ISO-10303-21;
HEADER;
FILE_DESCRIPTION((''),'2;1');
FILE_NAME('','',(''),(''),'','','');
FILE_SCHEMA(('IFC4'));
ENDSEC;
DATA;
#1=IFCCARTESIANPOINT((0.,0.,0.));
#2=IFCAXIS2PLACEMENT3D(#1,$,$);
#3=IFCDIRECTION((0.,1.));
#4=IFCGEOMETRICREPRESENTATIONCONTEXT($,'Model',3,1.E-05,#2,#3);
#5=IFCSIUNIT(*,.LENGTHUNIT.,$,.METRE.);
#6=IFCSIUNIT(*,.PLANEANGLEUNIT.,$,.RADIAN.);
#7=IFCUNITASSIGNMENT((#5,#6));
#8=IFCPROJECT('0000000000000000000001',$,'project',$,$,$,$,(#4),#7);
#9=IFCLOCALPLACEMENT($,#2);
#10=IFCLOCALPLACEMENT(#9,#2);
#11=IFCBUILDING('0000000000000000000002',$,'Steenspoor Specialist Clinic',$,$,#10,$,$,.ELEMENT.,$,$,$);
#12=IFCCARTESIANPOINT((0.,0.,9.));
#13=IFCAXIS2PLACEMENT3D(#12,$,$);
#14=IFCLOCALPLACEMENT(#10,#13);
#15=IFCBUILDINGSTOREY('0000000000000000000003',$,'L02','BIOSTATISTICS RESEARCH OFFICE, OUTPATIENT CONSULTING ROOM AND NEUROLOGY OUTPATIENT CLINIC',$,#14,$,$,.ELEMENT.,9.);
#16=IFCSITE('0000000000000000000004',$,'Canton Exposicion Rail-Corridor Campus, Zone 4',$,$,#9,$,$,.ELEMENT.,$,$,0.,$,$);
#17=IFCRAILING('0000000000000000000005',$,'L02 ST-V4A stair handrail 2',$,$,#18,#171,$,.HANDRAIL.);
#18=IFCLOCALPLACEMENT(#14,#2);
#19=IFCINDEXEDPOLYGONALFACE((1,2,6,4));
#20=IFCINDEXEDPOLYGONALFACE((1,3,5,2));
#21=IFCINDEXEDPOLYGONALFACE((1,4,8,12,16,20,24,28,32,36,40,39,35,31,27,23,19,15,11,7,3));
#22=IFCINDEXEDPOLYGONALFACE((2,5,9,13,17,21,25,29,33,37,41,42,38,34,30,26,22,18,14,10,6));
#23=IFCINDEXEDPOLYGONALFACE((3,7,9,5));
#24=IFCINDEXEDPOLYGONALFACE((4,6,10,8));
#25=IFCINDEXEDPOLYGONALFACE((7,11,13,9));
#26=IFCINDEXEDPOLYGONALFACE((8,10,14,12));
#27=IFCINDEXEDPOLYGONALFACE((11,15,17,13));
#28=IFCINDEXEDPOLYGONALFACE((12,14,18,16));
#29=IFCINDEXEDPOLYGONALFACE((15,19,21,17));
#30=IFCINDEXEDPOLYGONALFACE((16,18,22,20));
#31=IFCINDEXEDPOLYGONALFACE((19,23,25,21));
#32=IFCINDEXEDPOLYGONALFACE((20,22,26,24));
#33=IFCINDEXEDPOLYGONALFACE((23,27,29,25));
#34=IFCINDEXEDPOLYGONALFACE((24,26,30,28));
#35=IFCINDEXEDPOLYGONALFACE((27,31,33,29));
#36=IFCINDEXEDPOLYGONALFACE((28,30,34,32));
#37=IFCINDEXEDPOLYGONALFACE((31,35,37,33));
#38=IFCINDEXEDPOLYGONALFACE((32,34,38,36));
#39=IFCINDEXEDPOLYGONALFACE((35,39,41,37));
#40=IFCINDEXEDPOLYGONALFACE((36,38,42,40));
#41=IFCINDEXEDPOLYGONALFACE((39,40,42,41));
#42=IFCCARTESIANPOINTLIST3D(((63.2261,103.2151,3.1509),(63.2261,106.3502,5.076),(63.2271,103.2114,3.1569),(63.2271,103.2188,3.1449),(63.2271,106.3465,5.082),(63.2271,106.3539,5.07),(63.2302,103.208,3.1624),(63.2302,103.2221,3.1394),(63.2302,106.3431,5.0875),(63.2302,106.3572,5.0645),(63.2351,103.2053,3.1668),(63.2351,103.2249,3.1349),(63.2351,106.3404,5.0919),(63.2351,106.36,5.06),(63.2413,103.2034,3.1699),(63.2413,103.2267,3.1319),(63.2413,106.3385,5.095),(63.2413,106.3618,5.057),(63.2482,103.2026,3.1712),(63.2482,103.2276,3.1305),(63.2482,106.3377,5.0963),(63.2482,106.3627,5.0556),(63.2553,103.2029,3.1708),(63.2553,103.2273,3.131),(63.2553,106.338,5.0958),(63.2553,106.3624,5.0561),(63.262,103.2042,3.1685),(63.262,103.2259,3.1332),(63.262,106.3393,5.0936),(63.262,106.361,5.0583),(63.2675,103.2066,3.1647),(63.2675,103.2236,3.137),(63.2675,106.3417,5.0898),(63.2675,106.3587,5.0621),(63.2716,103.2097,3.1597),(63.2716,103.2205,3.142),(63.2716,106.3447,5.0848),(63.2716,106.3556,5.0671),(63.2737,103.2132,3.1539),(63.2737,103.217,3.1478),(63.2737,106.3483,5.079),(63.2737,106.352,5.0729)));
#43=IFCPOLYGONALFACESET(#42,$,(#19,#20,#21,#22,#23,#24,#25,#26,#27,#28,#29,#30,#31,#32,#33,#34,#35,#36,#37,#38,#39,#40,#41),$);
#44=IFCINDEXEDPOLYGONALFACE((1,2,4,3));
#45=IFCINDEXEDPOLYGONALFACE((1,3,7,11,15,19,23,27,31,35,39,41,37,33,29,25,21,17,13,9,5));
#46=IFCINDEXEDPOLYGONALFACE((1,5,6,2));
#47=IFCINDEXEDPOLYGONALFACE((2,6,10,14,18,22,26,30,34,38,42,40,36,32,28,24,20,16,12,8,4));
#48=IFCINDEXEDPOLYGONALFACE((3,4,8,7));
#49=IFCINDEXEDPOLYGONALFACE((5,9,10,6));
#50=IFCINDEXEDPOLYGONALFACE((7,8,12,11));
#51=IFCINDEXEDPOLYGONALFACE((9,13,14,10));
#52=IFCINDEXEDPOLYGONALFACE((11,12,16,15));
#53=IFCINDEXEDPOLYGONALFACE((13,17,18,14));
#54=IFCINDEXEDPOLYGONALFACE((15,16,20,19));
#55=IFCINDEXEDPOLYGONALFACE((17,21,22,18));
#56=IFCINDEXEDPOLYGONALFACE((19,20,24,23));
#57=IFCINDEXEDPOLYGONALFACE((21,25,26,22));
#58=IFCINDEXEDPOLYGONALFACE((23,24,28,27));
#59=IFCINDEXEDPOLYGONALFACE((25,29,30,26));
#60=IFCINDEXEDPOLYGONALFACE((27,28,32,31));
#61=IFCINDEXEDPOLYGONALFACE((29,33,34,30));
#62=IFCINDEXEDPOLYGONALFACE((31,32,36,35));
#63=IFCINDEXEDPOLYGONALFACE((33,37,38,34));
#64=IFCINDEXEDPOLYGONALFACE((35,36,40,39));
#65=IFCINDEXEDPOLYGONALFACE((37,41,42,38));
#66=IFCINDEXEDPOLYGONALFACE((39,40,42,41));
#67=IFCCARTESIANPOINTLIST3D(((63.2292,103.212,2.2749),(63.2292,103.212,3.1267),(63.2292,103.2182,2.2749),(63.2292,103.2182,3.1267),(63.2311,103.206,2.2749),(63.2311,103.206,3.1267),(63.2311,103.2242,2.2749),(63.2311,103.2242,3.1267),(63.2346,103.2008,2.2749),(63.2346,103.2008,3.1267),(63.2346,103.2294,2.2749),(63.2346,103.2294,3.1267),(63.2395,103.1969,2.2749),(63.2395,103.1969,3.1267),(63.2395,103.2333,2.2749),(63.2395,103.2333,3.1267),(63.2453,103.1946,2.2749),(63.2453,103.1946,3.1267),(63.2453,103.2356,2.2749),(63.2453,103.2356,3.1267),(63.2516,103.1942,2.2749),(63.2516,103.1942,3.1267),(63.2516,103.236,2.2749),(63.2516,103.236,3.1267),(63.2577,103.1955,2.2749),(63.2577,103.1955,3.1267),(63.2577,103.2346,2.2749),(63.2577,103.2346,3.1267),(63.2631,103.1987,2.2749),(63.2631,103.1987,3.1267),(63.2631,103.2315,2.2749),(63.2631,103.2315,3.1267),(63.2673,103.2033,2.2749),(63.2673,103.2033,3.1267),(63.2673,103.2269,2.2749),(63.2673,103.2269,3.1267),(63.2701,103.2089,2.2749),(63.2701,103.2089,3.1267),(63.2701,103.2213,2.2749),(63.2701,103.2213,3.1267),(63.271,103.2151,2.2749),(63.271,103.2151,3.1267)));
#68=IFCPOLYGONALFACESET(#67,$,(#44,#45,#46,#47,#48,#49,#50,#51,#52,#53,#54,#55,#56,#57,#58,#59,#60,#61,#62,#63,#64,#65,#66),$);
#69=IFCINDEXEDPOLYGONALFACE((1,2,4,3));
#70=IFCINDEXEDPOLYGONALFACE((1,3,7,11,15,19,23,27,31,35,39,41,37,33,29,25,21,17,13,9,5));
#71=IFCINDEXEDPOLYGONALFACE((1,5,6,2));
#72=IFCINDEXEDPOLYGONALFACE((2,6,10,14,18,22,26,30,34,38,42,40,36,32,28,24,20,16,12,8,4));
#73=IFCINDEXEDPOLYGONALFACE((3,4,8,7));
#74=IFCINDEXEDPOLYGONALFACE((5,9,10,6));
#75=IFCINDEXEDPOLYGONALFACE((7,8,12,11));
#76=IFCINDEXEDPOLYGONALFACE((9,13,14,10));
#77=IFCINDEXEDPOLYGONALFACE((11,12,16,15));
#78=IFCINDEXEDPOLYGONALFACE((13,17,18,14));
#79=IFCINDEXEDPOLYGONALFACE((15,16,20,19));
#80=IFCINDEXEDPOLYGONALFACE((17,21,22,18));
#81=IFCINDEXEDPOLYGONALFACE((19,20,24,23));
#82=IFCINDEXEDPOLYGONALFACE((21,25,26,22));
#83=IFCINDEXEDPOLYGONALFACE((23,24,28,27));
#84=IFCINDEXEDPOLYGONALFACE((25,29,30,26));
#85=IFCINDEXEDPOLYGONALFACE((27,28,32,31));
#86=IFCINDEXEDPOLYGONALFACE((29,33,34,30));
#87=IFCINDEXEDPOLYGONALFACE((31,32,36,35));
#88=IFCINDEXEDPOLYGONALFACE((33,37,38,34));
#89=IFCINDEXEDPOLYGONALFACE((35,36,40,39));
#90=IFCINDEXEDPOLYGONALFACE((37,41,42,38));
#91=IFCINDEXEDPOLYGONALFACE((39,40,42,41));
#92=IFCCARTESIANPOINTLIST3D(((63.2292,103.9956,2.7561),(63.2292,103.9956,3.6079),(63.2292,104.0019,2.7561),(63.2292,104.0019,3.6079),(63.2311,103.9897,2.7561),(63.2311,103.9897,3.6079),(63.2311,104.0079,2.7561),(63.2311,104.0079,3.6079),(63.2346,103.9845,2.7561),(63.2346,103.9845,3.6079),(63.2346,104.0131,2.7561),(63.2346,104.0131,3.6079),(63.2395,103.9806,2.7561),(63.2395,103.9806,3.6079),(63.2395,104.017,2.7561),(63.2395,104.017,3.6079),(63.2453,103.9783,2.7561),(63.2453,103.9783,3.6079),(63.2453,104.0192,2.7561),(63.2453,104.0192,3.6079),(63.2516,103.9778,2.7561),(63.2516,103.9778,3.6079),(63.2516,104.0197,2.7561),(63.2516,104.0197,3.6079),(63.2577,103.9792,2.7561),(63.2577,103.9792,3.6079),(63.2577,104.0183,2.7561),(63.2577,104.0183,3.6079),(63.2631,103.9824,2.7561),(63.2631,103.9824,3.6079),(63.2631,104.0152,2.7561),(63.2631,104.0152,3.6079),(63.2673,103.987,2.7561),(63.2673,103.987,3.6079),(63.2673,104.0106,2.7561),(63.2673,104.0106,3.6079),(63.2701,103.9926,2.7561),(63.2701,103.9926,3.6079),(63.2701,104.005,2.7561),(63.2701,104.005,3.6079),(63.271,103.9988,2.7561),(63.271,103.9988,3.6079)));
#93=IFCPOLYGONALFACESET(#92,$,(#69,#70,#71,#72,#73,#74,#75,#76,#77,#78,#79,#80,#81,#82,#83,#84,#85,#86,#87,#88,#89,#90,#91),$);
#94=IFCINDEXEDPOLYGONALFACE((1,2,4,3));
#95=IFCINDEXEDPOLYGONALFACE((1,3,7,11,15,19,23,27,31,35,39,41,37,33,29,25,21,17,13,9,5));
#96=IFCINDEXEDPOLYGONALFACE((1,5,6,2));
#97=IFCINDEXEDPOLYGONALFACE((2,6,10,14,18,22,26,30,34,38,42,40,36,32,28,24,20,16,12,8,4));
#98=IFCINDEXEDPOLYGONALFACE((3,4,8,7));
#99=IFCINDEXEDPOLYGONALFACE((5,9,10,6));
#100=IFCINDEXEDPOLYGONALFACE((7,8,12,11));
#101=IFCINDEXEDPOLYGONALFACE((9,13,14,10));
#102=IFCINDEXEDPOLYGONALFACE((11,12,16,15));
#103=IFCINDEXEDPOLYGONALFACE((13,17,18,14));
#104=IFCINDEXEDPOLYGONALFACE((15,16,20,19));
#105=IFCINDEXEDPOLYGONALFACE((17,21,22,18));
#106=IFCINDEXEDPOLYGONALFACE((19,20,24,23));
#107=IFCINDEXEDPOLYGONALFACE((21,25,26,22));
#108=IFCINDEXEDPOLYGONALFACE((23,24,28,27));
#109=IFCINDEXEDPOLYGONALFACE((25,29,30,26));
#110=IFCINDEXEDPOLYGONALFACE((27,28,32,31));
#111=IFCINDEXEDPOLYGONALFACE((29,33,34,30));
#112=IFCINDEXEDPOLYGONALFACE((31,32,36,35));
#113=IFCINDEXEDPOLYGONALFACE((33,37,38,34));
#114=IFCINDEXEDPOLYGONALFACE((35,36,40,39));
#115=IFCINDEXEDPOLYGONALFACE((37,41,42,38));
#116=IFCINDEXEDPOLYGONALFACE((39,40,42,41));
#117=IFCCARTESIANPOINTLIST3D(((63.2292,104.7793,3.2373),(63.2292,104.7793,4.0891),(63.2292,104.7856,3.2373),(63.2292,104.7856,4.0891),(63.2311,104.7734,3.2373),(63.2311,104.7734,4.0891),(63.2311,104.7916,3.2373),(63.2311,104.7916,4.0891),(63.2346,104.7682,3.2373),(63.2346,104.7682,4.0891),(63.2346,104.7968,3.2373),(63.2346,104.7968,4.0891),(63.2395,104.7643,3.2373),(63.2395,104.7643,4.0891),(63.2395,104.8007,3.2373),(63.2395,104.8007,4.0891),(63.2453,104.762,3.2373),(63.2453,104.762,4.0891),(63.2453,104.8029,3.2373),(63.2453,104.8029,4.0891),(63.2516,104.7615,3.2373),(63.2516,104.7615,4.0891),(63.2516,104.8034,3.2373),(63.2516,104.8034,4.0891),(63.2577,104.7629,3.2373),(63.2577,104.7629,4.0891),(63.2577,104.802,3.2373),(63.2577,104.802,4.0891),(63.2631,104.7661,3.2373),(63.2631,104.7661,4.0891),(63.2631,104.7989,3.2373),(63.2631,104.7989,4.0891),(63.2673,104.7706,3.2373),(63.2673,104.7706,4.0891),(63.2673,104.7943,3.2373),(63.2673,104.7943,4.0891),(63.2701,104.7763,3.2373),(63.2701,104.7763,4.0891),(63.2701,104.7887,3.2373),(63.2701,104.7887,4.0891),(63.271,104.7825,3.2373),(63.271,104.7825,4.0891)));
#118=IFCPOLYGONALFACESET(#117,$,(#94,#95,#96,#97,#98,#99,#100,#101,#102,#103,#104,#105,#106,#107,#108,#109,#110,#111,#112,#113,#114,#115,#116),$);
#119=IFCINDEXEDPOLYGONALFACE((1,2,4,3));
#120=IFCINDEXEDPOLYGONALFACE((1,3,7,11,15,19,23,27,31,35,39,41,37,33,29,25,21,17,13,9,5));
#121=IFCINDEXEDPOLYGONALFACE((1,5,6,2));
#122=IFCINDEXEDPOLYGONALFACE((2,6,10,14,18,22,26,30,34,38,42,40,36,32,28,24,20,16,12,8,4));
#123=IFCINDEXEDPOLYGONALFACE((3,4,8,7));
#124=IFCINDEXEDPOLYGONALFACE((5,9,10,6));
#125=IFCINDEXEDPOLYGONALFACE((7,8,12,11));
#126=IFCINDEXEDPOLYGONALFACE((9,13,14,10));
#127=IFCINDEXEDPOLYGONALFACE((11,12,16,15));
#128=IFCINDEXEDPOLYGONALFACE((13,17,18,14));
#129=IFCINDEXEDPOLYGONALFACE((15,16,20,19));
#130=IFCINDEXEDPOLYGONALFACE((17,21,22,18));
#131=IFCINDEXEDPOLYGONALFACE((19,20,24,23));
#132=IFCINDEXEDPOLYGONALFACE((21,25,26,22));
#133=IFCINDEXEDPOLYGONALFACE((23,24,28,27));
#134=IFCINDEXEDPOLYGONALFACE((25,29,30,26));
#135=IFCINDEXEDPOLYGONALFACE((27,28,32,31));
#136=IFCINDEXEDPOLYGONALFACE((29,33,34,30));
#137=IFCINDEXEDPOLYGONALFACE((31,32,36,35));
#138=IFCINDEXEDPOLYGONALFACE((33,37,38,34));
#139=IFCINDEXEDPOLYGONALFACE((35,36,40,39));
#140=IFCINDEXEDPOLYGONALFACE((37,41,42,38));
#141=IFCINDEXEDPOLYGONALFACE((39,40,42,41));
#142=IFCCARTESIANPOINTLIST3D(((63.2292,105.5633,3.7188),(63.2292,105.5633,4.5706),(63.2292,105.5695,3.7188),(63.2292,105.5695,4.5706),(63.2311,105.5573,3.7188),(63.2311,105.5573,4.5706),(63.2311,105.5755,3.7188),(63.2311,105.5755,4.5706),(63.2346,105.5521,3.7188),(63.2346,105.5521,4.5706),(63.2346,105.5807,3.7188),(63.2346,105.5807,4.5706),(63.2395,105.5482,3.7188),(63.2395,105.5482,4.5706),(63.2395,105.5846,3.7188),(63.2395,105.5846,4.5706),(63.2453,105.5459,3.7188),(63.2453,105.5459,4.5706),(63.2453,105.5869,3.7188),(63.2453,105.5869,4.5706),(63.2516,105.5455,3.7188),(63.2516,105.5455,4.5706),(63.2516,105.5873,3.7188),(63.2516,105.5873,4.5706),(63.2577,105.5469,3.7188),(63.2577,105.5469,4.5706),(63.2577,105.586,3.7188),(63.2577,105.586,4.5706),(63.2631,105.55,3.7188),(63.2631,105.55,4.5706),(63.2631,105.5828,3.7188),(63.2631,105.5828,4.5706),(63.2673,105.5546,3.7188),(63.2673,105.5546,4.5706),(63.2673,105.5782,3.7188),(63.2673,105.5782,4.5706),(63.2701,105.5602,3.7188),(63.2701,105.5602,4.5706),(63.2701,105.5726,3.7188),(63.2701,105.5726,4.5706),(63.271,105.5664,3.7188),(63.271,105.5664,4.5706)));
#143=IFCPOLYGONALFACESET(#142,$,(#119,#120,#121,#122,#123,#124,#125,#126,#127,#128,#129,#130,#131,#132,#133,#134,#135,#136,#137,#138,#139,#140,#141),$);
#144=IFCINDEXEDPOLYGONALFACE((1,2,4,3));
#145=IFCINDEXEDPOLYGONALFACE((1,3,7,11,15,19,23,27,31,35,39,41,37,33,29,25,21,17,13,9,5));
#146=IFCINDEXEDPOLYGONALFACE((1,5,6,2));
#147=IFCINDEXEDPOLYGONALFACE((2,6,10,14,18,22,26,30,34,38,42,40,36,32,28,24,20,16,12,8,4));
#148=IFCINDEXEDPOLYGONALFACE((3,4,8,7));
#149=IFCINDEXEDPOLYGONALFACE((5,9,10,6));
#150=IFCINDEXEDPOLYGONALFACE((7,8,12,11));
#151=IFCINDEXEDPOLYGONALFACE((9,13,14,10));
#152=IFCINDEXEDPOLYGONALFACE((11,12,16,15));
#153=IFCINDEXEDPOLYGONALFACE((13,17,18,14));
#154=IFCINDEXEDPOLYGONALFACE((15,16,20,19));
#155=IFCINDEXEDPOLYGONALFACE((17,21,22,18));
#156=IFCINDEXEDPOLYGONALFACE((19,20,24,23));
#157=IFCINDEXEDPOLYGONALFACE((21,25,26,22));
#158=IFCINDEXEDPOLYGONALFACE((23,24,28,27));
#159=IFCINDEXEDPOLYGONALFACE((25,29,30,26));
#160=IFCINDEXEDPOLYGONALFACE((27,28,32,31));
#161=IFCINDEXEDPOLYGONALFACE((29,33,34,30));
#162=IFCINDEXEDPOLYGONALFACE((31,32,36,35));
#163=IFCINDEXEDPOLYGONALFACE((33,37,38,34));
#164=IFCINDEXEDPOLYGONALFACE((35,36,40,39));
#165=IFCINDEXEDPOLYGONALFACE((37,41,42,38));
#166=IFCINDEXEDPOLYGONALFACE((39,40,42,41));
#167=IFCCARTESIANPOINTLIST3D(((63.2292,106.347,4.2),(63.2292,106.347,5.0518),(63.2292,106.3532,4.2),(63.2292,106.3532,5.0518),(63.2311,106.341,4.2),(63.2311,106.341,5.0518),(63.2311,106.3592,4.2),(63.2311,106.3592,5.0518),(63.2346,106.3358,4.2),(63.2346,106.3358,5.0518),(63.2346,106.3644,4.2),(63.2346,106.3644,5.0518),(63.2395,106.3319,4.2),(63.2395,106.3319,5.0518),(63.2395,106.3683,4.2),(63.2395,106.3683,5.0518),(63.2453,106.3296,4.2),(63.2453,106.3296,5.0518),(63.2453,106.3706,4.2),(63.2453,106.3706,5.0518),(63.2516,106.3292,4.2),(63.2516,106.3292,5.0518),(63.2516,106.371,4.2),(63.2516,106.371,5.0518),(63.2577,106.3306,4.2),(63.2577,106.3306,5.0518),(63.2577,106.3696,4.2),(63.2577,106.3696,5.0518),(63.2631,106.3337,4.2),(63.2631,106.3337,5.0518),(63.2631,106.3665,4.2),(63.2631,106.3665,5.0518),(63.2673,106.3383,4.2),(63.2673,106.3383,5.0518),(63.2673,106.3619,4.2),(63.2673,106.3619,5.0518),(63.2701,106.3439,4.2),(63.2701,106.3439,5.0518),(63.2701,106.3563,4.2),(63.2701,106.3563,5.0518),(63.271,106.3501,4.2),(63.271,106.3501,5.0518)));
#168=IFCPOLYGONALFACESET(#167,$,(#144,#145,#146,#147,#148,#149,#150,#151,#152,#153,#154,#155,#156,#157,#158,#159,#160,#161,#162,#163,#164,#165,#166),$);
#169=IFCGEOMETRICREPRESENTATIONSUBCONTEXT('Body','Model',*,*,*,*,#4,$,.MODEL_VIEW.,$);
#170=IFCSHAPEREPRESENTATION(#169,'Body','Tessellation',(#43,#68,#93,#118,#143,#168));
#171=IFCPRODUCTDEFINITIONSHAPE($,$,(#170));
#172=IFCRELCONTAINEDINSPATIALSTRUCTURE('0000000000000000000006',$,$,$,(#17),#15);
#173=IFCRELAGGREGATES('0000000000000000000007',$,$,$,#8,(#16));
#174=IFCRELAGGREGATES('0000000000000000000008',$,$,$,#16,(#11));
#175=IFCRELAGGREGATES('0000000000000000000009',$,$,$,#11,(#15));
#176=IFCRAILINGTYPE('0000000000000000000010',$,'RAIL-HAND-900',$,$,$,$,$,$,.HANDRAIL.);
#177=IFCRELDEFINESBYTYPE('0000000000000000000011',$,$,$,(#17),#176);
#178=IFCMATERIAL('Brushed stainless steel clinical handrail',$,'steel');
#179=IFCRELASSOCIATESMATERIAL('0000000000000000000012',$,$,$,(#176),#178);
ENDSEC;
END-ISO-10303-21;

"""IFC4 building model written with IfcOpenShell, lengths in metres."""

from ifc_helpers import new_model, si_unit, direction, frame, origin, origin_2d, place, context, subcontext, project, spatial, circle, extrude, material, type_object, element, save


model = new_model("IFC4")

# Units and contexts
model_context = context("Model", 3, precision=1e-05, world=origin(), true_north=direction((0.0, 1.0)))
body_context = subcontext(model_context, "Body", "Model", "MODEL_VIEW")
ifc_project = project(units=[si_unit("LENGTHUNIT", "METRE"), si_unit("PLANEANGLEUNIT", "RADIAN")], contexts=[model_context])

# Site, building, storey
site_placement = place(None, origin())
site = spatial("IfcSite", under=ifc_project, at=site_placement, Name="Canton Exposicion Rail-Corridor Campus, Zone 4", CompositionType="ELEMENT", RefElevation=0.0)
building_placement = place(site_placement, origin())
building = spatial("IfcBuilding", under=site, at=building_placement, Name="Steenspoor Specialist Clinic", CompositionType="ELEMENT")
storey_placement = place(building_placement, frame((0.0, 0.0, 9.0)))
storey = spatial("IfcBuildingStorey", under=building, at=storey_placement, Name="L02", Description="BIOSTATISTICS RESEARCH OFFICE, OUTPATIENT CONSULTING ROOM AND NEUROLOGY OUTPATIENT CLINIC", CompositionType="ELEMENT", Elevation=9.0)

# Railing
ifc_material_1 = material(Name="Brushed stainless steel clinical handrail", Category="steel")
railing_type_1 = type_object("IfcRailingType", Name="RAIL-HAND-900", PredefinedType="HANDRAIL", material=ifc_material_1)
railing_1_placement = place(storey_placement, frame((63.25, 103.2151, 2.2749)))
element("IfcRailing", 1, at=railing_1_placement, inside=storey, type_object=railing_type_1, Name="L02 ST-V4A stair handrail 2", PredefinedType="HANDRAIL", context=body_context, shape_type="SweptSolid", body=[
    extrude(circle(Radius=0.0239, at=origin_2d()), frame((0.0, 0.0, 0.876), z_axis=(0.0, 0.852166, 0.523271), x_axis=(-1.0, 0.0, 0.0)), (0.0, 0.0, 1.0), 3.679),
    extrude(circle(Radius=0.021, at=origin_2d()), origin(), (0.0, 0.0, 1.0), 0.8518),
    extrude(circle(Radius=0.021, at=origin_2d()), frame((0.0, 0.7837, 0.4812)), (0.0, 0.0, 1.0), 0.8518),
    extrude(circle(Radius=0.021, at=origin_2d()), frame((0.0, 1.5674, 0.9624)), (0.0, 0.0, 1.0), 0.8518),
    extrude(circle(Radius=0.021, at=origin_2d()), frame((0.0, 2.3513, 1.4438)), (0.0, 0.0, 1.0), 0.8518),
    extrude(circle(Radius=0.021, at=origin_2d()), frame((0.0, 3.135, 1.925)), (0.0, 0.0, 1.0), 0.8518),
])

save(model, "model.ifc")
